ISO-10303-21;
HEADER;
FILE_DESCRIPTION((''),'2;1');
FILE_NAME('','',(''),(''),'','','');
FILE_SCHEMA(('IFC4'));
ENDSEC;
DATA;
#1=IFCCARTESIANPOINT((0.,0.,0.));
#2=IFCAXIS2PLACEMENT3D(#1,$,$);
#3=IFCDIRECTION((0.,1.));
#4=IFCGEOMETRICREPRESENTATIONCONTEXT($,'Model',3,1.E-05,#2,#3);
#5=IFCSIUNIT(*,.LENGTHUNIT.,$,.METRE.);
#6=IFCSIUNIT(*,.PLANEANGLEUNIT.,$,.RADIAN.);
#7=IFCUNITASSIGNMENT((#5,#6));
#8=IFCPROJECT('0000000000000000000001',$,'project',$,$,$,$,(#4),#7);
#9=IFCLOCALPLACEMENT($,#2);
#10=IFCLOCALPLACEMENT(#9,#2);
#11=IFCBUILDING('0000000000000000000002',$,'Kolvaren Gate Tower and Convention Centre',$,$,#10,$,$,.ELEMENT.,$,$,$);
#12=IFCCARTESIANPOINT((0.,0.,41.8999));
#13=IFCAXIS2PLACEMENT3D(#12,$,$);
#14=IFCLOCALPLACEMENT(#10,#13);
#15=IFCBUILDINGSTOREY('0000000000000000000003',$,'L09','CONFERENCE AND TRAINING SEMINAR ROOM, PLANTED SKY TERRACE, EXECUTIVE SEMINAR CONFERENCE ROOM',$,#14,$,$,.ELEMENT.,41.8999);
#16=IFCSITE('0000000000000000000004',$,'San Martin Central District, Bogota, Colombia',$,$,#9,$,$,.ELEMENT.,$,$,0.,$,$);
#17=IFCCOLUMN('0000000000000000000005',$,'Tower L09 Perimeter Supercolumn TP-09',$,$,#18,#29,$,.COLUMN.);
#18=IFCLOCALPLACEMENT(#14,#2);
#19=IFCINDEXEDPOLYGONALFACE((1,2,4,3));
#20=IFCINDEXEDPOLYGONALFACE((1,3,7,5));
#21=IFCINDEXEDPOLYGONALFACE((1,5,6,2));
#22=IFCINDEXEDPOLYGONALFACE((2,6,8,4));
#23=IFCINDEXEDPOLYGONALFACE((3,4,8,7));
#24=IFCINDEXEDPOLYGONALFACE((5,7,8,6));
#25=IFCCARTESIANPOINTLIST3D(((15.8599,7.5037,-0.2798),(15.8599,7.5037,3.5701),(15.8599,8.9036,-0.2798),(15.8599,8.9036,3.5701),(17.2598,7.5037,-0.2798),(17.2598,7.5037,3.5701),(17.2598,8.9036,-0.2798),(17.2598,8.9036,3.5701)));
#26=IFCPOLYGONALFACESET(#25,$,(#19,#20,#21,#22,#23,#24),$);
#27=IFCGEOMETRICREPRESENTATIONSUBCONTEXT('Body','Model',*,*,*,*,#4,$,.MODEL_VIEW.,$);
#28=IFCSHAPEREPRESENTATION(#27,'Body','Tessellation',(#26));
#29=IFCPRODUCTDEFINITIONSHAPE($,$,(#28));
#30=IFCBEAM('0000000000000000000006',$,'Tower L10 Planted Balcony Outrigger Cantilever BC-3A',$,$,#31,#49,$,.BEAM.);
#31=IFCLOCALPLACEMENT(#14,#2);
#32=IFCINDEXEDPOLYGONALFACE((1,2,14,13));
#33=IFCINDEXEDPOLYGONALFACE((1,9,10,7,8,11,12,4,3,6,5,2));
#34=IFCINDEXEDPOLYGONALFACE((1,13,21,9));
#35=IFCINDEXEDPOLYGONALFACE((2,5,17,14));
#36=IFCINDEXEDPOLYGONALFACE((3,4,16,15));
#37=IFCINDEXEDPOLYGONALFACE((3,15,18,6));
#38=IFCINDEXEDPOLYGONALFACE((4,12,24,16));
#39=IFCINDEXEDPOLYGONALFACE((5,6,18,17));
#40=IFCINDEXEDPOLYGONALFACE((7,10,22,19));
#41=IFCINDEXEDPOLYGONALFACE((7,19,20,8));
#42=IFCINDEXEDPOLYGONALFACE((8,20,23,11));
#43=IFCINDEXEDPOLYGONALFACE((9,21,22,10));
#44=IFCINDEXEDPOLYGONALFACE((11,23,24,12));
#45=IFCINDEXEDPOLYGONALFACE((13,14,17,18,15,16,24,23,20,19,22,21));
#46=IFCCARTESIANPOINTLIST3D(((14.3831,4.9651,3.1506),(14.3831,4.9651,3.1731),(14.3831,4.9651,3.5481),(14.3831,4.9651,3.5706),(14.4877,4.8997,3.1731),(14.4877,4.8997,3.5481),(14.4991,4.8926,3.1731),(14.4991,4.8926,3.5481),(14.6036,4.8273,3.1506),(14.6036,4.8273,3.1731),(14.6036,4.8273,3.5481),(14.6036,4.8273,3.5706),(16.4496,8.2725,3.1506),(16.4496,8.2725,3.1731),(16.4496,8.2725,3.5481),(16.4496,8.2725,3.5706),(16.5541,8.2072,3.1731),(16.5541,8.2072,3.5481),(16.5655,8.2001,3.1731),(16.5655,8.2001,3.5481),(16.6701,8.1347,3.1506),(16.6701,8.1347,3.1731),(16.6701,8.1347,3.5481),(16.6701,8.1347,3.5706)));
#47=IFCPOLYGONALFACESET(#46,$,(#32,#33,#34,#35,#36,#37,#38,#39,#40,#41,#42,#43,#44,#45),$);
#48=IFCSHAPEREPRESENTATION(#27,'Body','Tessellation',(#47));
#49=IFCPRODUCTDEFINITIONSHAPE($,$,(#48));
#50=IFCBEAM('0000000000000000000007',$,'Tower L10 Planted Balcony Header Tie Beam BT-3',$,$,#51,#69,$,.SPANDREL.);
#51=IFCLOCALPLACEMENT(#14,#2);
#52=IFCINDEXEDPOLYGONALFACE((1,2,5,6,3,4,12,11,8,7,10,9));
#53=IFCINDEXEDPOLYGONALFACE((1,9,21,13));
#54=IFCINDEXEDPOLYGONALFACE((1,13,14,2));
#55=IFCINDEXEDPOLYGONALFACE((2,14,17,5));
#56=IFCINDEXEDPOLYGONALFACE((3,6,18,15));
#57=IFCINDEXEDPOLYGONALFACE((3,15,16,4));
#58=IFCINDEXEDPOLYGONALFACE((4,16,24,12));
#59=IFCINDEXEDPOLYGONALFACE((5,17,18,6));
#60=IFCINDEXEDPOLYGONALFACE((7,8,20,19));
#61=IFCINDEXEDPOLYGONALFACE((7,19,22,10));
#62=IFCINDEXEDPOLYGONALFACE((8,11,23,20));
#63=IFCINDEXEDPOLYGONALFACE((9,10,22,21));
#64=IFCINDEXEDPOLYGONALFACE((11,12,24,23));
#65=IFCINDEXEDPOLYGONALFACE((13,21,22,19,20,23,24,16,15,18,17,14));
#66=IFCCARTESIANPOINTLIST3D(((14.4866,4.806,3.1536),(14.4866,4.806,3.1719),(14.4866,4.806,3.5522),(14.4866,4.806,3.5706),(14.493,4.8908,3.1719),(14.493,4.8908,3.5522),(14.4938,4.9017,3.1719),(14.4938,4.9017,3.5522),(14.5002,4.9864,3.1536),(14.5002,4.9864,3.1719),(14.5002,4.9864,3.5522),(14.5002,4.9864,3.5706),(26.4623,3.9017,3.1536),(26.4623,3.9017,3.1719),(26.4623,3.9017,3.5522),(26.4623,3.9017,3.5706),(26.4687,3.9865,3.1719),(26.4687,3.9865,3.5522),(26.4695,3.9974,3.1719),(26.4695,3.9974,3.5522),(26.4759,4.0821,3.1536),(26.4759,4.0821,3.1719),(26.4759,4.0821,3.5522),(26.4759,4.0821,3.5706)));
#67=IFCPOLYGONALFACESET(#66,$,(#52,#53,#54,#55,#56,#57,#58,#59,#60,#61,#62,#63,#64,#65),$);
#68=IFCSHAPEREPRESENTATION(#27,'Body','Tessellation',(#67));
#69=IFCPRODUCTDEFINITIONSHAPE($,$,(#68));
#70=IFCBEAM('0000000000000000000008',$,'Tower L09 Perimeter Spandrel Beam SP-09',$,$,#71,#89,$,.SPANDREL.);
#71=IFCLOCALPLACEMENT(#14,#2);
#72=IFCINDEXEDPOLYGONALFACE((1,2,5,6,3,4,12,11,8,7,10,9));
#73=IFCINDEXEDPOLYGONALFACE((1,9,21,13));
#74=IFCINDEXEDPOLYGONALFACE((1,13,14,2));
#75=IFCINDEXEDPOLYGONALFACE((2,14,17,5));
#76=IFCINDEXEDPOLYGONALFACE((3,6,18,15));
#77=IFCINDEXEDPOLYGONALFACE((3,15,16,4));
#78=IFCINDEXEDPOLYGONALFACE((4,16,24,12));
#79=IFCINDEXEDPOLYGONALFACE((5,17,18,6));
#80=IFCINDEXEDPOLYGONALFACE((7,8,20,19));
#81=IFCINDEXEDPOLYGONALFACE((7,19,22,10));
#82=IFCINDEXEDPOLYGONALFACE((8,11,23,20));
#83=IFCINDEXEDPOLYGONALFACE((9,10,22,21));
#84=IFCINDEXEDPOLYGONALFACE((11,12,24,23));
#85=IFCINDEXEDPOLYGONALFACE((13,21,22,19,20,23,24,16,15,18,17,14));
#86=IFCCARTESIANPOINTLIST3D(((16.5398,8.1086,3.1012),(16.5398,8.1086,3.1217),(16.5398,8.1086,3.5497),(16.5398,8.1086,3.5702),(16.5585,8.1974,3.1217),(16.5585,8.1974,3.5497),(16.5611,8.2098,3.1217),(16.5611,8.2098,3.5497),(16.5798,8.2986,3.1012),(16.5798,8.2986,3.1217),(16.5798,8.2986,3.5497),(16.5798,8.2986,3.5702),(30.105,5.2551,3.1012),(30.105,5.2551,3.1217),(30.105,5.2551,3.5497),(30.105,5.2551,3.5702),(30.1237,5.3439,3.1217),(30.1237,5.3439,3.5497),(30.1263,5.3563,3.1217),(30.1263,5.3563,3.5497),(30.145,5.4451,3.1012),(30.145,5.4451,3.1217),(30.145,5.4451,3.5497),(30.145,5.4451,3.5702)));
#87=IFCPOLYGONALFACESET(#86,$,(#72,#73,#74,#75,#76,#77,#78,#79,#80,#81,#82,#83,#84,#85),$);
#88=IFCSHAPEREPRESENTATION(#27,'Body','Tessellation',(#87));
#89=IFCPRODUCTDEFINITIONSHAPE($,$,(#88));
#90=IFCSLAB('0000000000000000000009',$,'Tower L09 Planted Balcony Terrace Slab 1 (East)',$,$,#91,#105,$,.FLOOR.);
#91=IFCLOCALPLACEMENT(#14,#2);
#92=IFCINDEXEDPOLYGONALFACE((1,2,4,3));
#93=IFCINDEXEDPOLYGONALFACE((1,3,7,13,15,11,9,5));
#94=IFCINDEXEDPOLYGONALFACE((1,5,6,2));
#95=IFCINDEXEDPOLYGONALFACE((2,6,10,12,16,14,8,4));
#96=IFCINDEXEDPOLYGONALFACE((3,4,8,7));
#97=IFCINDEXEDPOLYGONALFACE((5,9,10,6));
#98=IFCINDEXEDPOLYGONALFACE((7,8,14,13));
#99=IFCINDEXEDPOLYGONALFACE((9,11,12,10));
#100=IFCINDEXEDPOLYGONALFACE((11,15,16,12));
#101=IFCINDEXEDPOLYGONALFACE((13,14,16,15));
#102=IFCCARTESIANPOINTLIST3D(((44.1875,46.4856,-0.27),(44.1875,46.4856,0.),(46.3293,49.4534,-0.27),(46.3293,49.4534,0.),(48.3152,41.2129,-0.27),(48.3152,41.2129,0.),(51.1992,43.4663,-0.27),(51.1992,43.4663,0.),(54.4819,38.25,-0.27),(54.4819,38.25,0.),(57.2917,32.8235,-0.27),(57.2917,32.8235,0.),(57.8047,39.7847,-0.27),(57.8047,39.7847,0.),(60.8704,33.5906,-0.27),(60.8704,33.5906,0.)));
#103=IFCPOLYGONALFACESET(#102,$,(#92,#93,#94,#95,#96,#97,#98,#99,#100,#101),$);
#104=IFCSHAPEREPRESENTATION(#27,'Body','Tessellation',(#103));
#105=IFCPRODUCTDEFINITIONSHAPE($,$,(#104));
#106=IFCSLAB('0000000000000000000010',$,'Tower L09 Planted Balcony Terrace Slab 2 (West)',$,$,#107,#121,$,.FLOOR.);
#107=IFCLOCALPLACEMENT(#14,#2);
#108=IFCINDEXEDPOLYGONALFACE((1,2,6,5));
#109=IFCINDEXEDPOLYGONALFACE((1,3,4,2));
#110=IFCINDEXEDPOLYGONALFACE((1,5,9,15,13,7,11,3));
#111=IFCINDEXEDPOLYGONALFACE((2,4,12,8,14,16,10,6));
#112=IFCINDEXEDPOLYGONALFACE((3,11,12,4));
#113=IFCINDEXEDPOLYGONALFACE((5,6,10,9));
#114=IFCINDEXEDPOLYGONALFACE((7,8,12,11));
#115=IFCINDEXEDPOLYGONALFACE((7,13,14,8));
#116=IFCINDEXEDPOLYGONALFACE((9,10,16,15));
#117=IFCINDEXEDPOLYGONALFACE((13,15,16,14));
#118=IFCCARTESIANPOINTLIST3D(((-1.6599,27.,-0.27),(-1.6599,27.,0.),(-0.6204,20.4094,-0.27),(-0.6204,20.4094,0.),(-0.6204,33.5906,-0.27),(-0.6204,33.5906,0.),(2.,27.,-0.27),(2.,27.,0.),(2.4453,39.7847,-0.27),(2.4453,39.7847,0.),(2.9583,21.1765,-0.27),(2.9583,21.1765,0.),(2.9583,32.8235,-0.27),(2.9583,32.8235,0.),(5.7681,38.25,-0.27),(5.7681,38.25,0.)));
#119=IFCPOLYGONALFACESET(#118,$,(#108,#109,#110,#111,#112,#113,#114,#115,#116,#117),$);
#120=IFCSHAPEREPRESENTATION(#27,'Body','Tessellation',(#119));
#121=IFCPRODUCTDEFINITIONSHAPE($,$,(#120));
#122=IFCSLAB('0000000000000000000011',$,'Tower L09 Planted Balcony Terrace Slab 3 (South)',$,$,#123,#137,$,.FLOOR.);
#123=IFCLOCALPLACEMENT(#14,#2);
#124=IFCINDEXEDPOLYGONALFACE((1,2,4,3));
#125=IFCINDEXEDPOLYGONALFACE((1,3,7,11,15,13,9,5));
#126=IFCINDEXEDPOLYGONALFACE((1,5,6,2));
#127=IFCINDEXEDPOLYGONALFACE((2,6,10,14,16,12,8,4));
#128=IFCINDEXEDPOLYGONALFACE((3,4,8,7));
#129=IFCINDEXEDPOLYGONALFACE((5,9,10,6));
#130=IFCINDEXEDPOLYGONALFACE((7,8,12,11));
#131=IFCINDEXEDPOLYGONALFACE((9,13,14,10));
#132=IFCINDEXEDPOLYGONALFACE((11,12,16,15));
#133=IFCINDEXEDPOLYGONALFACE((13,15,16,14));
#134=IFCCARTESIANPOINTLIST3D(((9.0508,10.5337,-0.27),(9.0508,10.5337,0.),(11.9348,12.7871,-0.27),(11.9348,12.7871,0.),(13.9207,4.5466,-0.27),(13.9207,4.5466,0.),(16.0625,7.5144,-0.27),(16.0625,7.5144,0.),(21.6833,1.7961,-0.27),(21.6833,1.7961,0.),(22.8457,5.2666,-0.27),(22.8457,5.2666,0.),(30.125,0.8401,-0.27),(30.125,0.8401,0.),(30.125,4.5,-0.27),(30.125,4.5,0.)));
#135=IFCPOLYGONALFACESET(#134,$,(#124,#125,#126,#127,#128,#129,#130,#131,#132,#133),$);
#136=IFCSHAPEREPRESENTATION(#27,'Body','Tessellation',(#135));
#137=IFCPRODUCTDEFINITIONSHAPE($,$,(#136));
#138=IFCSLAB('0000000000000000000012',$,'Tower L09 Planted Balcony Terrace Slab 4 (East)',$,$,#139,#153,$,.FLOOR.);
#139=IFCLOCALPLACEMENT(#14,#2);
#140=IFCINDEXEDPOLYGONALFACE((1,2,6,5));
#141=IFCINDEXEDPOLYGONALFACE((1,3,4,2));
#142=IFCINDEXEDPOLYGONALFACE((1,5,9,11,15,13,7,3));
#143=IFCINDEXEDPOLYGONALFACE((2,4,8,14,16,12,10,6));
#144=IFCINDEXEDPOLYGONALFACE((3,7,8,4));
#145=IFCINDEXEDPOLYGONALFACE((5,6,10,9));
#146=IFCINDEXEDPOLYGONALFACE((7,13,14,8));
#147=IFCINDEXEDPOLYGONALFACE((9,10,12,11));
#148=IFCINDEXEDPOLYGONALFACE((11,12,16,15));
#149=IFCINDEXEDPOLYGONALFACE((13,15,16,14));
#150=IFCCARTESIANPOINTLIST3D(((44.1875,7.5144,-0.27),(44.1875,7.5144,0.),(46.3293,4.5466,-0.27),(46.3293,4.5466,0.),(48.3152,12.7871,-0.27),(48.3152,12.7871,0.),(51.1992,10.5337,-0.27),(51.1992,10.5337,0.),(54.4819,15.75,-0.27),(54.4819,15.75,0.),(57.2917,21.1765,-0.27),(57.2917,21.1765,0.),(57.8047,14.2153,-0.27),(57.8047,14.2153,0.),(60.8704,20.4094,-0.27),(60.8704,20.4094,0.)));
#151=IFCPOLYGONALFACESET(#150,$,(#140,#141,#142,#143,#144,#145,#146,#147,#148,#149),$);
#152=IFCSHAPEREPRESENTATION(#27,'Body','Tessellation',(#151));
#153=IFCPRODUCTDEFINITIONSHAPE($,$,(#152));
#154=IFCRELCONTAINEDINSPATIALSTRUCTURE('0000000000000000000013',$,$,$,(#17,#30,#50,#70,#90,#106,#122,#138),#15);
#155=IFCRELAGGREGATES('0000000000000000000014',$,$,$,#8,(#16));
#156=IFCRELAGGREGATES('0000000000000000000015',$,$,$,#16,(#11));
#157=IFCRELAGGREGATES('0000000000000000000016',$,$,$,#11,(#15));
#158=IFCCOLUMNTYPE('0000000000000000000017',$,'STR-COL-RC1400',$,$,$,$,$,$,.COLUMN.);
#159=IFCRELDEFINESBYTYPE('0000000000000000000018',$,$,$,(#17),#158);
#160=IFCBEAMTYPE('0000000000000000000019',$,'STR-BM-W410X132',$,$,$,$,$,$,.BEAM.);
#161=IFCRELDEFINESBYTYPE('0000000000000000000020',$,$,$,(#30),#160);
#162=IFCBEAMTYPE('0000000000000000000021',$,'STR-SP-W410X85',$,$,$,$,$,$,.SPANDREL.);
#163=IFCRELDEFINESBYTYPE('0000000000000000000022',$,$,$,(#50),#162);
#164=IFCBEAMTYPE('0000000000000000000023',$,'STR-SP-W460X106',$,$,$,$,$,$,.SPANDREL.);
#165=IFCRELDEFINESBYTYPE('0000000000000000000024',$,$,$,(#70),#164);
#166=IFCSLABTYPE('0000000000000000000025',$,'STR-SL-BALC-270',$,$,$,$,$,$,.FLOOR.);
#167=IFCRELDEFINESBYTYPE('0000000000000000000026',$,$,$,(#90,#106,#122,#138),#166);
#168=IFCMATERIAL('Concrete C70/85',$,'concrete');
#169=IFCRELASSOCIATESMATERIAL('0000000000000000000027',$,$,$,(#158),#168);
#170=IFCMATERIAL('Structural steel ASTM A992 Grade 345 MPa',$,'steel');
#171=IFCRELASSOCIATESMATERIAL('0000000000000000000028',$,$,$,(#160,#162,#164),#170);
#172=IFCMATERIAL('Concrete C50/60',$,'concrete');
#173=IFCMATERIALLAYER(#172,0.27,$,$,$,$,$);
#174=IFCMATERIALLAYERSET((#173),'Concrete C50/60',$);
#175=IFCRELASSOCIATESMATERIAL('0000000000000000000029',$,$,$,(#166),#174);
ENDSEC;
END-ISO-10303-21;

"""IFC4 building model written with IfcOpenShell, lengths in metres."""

from ifc_helpers import new_model, si_unit, direction, frame, origin, origin_2d, place, context, subcontext, project, spatial, polyline, rectangle, i_section, outline, extrude, material, layer, layer_set, material_profile, profile_set, type_object, element, save


model = new_model("IFC4")

# Units and contexts
model_context = context("Model", 3, precision=1e-05, world=origin(), true_north=direction((0.0, 1.0)))
body_context = subcontext(model_context, "Body", "Model", "MODEL_VIEW")
ifc_project = project(units=[si_unit("LENGTHUNIT", "METRE"), si_unit("PLANEANGLEUNIT", "RADIAN")], contexts=[model_context])

# Site, building, storey
site_placement = place(None, origin())
site = spatial("IfcSite", under=ifc_project, at=site_placement, Name="San Martin Central District, Bogota, Colombia", CompositionType="ELEMENT", RefElevation=0.0)
building_placement = place(site_placement, origin())
building = spatial("IfcBuilding", under=site, at=building_placement, Name="Kolvaren Gate Tower and Convention Centre", CompositionType="ELEMENT")
storey_placement = place(building_placement, frame((0.0, 0.0, 41.8999)))
storey = spatial("IfcBuildingStorey", under=building, at=storey_placement, Name="L09", Description="CONFERENCE AND TRAINING SEMINAR ROOM, PLANTED SKY TERRACE, EXECUTIVE SEMINAR CONFERENCE ROOM", CompositionType="ELEMENT", Elevation=41.8999)

# Column
ifc_material_1 = material(Name="Concrete C70/85", Category="concrete")
ifc_material_profile_1 = material_profile(ifc_material_1, rectangle(XDim=1.3999, YDim=1.3999, at=origin_2d()), Name="RC-COL-1400X1400")
ifc_profile_set_1 = profile_set([ifc_material_profile_1], Name="Concrete C70/85")
column_type = type_object("IfcColumnType", Name="STR-COL-RC1400", PredefinedType="COLUMN", material=ifc_profile_set_1)
column_placement = place(storey_placement, frame((16.5598, 8.2036, -0.2798), z_axis=(0.0, 0.0, 1.0), x_axis=(1.0, 0.0, 0.0)))
element("IfcColumn", 1, at=column_placement, inside=storey, type_object=column_type, Name="Tower L09 Perimeter Supercolumn TP-09", PredefinedType="COLUMN", context=body_context, shape_type="SweptSolid", body=[
    extrude(rectangle(XDim=1.3999, YDim=1.3999, at=origin_2d()), origin(), (0.0, 0.0, 1.0), 3.8499),
])

# Beams
ifc_material_2 = material(Name="Structural steel ASTM A992 Grade 345 MPa", Category="steel")
ifc_material_profile_2 = material_profile(ifc_material_2, i_section(OverallWidth=0.26, OverallDepth=0.4199, WebThickness=0.0134, FlangeThickness=0.0225, at=origin_2d()), Name="W410X132")
ifc_profile_set_2 = profile_set([ifc_material_profile_2], Name="Structural steel ASTM A992 Grade 345 MPa")
beam_type_1 = type_object("IfcBeamType", Name="STR-BM-W410X132", PredefinedType="BEAM", material=ifc_profile_set_2)
beam_1_placement = place(storey_placement, frame((16.5598, 8.2036, 3.3606), z_axis=(-0.52987, -0.848079, 0.0), x_axis=(0.848079, -0.52987, 0.0)))
element("IfcBeam", 2, at=beam_1_placement, inside=storey, type_object=beam_type_1, Name="Tower L10 Planted Balcony Outrigger Cantilever BC-3A", PredefinedType="BEAM", context=body_context, shape_type="SweptSolid", body=[
    extrude(i_section(OverallWidth=0.26, OverallDepth=0.4199, WebThickness=0.0134, FlangeThickness=0.0225, at=origin_2d()), origin(), (0.0, 0.0, 1.0), 3.8999),
])
ifc_material_profile_3 = material_profile(ifc_material_2, i_section(OverallWidth=0.1809, OverallDepth=0.417, WebThickness=0.011, FlangeThickness=0.0183, at=origin_2d()), Name="W410X85")
ifc_profile_set_3 = profile_set([ifc_material_profile_3], Name="Structural steel ASTM A992 Grade 345 MPa")
beam_type_2 = type_object("IfcBeamType", Name="STR-SP-W410X85", PredefinedType="SPANDREL", material=ifc_profile_set_3)
beam_2_placement = place(storey_placement, frame((14.4934, 4.8962, 3.3621), z_axis=(0.997161, -0.075297, 0.0), x_axis=(0.075297, 0.997161, 0.0)))
element("IfcBeam", 3, at=beam_2_placement, inside=storey, type_object=beam_type_2, Name="Tower L10 Planted Balcony Header Tie Beam BT-3", PredefinedType="SPANDREL", context=body_context, shape_type="SweptSolid", body=[
    extrude(i_section(OverallWidth=0.1809, OverallDepth=0.417, WebThickness=0.011, FlangeThickness=0.0183, at=origin_2d()), origin(), (0.0, 0.0, 1.0), 12.0098),
])
ifc_material_profile_4 = material_profile(ifc_material_2, i_section(OverallWidth=0.1941, OverallDepth=0.469, WebThickness=0.0127, FlangeThickness=0.0205, at=origin_2d()), Name="W460X106")
ifc_profile_set_4 = profile_set([ifc_material_profile_4], Name="Structural steel ASTM A992 Grade 345 MPa")
beam_type_3 = type_object("IfcBeamType", Name="STR-SP-W460X106", PredefinedType="SPANDREL", material=ifc_profile_set_4)
beam_3_placement = place(storey_placement, frame((16.5598, 8.2036, 3.3357), z_axis=(0.978583, -0.205851, 0.0), x_axis=(0.205851, 0.978583, 0.0)))
element("IfcBeam", 4, at=beam_3_placement, inside=storey, type_object=beam_type_3, Name="Tower L09 Perimeter Spandrel Beam SP-09", PredefinedType="SPANDREL", context=body_context, shape_type="SweptSolid", body=[
    extrude(i_section(OverallWidth=0.1941, OverallDepth=0.469, WebThickness=0.0127, FlangeThickness=0.0205, at=origin_2d()), origin(), (0.0, 0.0, 1.0), 13.8621),
])

# Slabs
ifc_material_3 = material(Name="Concrete C50/60", Category="concrete")
ifc_layer_1 = layer(ifc_material_3, 0.27)
ifc_layer_set_1 = layer_set([ifc_layer_1], Name="Concrete C50/60")
slab_type_1 = type_object("IfcSlabType", Name="STR-SL-BALC-270", PredefinedType="FLOOR", material=ifc_layer_set_1)
slab_1_placement = place(storey_placement, frame((0.0, 0.0, -0.27)))
element("IfcSlab", 5, at=slab_1_placement, inside=storey, type_object=slab_type_1, Name="Tower L09 Planted Balcony Terrace Slab 1 (East)", PredefinedType="FLOOR", context=body_context, shape_type="SweptSolid", body=[
    extrude(outline(polyline([(57.2917, 32.8235), (54.4819, 38.25), (48.3152, 41.2129), (44.1875, 46.4856), (46.3293, 49.4534), (51.1992, 43.4663), (57.8047, 39.7847), (60.8704, 33.5906), (57.2917, 32.8235)])), origin(), (0.0, 0.0, 1.0), 0.27),
])
slab_2_placement = place(storey_placement, frame((0.0, 0.0, -0.27)))
element("IfcSlab", 6, at=slab_2_placement, inside=storey, type_object=slab_type_1, Name="Tower L09 Planted Balcony Terrace Slab 2 (West)", PredefinedType="FLOOR", context=body_context, shape_type="SweptSolid", body=[
    extrude(outline(polyline([(5.7681, 38.25), (2.9583, 32.8235), (2.0, 27.0), (2.9583, 21.1765), (-0.6204, 20.4094), (-1.6599, 27.0), (-0.6204, 33.5906), (2.4453, 39.7847), (5.7681, 38.25)])), origin(), (0.0, 0.0, 1.0), 0.27),
])
slab_3_placement = place(storey_placement, frame((0.0, 0.0, -0.27)))
element("IfcSlab", 7, at=slab_3_placement, inside=storey, type_object=slab_type_1, Name="Tower L09 Planted Balcony Terrace Slab 3 (South)", PredefinedType="FLOOR", context=body_context, shape_type="SweptSolid", body=[
    extrude(outline(polyline([(11.9348, 12.7871), (16.0625, 7.5144), (22.8457, 5.2666), (30.125, 4.5), (30.125, 0.8401), (21.6833, 1.7961), (13.9207, 4.5466), (9.0508, 10.5337), (11.9348, 12.7871)])), origin(), (0.0, 0.0, 1.0), 0.27),
])
slab_4_placement = place(storey_placement, frame((0.0, 0.0, -0.27)))
element("IfcSlab", 8, at=slab_4_placement, inside=storey, type_object=slab_type_1, Name="Tower L09 Planted Balcony Terrace Slab 4 (East)", PredefinedType="FLOOR", context=body_context, shape_type="SweptSolid", body=[
    extrude(outline(polyline([(44.1875, 7.5144), (48.3152, 12.7871), (54.4819, 15.75), (57.2917, 21.1765), (60.8704, 20.4094), (57.8047, 14.2153), (51.1992, 10.5337), (46.3293, 4.5466), (44.1875, 7.5144)])), origin(), (0.0, 0.0, 1.0), 0.27),
])

save(model, "model.ifc")
